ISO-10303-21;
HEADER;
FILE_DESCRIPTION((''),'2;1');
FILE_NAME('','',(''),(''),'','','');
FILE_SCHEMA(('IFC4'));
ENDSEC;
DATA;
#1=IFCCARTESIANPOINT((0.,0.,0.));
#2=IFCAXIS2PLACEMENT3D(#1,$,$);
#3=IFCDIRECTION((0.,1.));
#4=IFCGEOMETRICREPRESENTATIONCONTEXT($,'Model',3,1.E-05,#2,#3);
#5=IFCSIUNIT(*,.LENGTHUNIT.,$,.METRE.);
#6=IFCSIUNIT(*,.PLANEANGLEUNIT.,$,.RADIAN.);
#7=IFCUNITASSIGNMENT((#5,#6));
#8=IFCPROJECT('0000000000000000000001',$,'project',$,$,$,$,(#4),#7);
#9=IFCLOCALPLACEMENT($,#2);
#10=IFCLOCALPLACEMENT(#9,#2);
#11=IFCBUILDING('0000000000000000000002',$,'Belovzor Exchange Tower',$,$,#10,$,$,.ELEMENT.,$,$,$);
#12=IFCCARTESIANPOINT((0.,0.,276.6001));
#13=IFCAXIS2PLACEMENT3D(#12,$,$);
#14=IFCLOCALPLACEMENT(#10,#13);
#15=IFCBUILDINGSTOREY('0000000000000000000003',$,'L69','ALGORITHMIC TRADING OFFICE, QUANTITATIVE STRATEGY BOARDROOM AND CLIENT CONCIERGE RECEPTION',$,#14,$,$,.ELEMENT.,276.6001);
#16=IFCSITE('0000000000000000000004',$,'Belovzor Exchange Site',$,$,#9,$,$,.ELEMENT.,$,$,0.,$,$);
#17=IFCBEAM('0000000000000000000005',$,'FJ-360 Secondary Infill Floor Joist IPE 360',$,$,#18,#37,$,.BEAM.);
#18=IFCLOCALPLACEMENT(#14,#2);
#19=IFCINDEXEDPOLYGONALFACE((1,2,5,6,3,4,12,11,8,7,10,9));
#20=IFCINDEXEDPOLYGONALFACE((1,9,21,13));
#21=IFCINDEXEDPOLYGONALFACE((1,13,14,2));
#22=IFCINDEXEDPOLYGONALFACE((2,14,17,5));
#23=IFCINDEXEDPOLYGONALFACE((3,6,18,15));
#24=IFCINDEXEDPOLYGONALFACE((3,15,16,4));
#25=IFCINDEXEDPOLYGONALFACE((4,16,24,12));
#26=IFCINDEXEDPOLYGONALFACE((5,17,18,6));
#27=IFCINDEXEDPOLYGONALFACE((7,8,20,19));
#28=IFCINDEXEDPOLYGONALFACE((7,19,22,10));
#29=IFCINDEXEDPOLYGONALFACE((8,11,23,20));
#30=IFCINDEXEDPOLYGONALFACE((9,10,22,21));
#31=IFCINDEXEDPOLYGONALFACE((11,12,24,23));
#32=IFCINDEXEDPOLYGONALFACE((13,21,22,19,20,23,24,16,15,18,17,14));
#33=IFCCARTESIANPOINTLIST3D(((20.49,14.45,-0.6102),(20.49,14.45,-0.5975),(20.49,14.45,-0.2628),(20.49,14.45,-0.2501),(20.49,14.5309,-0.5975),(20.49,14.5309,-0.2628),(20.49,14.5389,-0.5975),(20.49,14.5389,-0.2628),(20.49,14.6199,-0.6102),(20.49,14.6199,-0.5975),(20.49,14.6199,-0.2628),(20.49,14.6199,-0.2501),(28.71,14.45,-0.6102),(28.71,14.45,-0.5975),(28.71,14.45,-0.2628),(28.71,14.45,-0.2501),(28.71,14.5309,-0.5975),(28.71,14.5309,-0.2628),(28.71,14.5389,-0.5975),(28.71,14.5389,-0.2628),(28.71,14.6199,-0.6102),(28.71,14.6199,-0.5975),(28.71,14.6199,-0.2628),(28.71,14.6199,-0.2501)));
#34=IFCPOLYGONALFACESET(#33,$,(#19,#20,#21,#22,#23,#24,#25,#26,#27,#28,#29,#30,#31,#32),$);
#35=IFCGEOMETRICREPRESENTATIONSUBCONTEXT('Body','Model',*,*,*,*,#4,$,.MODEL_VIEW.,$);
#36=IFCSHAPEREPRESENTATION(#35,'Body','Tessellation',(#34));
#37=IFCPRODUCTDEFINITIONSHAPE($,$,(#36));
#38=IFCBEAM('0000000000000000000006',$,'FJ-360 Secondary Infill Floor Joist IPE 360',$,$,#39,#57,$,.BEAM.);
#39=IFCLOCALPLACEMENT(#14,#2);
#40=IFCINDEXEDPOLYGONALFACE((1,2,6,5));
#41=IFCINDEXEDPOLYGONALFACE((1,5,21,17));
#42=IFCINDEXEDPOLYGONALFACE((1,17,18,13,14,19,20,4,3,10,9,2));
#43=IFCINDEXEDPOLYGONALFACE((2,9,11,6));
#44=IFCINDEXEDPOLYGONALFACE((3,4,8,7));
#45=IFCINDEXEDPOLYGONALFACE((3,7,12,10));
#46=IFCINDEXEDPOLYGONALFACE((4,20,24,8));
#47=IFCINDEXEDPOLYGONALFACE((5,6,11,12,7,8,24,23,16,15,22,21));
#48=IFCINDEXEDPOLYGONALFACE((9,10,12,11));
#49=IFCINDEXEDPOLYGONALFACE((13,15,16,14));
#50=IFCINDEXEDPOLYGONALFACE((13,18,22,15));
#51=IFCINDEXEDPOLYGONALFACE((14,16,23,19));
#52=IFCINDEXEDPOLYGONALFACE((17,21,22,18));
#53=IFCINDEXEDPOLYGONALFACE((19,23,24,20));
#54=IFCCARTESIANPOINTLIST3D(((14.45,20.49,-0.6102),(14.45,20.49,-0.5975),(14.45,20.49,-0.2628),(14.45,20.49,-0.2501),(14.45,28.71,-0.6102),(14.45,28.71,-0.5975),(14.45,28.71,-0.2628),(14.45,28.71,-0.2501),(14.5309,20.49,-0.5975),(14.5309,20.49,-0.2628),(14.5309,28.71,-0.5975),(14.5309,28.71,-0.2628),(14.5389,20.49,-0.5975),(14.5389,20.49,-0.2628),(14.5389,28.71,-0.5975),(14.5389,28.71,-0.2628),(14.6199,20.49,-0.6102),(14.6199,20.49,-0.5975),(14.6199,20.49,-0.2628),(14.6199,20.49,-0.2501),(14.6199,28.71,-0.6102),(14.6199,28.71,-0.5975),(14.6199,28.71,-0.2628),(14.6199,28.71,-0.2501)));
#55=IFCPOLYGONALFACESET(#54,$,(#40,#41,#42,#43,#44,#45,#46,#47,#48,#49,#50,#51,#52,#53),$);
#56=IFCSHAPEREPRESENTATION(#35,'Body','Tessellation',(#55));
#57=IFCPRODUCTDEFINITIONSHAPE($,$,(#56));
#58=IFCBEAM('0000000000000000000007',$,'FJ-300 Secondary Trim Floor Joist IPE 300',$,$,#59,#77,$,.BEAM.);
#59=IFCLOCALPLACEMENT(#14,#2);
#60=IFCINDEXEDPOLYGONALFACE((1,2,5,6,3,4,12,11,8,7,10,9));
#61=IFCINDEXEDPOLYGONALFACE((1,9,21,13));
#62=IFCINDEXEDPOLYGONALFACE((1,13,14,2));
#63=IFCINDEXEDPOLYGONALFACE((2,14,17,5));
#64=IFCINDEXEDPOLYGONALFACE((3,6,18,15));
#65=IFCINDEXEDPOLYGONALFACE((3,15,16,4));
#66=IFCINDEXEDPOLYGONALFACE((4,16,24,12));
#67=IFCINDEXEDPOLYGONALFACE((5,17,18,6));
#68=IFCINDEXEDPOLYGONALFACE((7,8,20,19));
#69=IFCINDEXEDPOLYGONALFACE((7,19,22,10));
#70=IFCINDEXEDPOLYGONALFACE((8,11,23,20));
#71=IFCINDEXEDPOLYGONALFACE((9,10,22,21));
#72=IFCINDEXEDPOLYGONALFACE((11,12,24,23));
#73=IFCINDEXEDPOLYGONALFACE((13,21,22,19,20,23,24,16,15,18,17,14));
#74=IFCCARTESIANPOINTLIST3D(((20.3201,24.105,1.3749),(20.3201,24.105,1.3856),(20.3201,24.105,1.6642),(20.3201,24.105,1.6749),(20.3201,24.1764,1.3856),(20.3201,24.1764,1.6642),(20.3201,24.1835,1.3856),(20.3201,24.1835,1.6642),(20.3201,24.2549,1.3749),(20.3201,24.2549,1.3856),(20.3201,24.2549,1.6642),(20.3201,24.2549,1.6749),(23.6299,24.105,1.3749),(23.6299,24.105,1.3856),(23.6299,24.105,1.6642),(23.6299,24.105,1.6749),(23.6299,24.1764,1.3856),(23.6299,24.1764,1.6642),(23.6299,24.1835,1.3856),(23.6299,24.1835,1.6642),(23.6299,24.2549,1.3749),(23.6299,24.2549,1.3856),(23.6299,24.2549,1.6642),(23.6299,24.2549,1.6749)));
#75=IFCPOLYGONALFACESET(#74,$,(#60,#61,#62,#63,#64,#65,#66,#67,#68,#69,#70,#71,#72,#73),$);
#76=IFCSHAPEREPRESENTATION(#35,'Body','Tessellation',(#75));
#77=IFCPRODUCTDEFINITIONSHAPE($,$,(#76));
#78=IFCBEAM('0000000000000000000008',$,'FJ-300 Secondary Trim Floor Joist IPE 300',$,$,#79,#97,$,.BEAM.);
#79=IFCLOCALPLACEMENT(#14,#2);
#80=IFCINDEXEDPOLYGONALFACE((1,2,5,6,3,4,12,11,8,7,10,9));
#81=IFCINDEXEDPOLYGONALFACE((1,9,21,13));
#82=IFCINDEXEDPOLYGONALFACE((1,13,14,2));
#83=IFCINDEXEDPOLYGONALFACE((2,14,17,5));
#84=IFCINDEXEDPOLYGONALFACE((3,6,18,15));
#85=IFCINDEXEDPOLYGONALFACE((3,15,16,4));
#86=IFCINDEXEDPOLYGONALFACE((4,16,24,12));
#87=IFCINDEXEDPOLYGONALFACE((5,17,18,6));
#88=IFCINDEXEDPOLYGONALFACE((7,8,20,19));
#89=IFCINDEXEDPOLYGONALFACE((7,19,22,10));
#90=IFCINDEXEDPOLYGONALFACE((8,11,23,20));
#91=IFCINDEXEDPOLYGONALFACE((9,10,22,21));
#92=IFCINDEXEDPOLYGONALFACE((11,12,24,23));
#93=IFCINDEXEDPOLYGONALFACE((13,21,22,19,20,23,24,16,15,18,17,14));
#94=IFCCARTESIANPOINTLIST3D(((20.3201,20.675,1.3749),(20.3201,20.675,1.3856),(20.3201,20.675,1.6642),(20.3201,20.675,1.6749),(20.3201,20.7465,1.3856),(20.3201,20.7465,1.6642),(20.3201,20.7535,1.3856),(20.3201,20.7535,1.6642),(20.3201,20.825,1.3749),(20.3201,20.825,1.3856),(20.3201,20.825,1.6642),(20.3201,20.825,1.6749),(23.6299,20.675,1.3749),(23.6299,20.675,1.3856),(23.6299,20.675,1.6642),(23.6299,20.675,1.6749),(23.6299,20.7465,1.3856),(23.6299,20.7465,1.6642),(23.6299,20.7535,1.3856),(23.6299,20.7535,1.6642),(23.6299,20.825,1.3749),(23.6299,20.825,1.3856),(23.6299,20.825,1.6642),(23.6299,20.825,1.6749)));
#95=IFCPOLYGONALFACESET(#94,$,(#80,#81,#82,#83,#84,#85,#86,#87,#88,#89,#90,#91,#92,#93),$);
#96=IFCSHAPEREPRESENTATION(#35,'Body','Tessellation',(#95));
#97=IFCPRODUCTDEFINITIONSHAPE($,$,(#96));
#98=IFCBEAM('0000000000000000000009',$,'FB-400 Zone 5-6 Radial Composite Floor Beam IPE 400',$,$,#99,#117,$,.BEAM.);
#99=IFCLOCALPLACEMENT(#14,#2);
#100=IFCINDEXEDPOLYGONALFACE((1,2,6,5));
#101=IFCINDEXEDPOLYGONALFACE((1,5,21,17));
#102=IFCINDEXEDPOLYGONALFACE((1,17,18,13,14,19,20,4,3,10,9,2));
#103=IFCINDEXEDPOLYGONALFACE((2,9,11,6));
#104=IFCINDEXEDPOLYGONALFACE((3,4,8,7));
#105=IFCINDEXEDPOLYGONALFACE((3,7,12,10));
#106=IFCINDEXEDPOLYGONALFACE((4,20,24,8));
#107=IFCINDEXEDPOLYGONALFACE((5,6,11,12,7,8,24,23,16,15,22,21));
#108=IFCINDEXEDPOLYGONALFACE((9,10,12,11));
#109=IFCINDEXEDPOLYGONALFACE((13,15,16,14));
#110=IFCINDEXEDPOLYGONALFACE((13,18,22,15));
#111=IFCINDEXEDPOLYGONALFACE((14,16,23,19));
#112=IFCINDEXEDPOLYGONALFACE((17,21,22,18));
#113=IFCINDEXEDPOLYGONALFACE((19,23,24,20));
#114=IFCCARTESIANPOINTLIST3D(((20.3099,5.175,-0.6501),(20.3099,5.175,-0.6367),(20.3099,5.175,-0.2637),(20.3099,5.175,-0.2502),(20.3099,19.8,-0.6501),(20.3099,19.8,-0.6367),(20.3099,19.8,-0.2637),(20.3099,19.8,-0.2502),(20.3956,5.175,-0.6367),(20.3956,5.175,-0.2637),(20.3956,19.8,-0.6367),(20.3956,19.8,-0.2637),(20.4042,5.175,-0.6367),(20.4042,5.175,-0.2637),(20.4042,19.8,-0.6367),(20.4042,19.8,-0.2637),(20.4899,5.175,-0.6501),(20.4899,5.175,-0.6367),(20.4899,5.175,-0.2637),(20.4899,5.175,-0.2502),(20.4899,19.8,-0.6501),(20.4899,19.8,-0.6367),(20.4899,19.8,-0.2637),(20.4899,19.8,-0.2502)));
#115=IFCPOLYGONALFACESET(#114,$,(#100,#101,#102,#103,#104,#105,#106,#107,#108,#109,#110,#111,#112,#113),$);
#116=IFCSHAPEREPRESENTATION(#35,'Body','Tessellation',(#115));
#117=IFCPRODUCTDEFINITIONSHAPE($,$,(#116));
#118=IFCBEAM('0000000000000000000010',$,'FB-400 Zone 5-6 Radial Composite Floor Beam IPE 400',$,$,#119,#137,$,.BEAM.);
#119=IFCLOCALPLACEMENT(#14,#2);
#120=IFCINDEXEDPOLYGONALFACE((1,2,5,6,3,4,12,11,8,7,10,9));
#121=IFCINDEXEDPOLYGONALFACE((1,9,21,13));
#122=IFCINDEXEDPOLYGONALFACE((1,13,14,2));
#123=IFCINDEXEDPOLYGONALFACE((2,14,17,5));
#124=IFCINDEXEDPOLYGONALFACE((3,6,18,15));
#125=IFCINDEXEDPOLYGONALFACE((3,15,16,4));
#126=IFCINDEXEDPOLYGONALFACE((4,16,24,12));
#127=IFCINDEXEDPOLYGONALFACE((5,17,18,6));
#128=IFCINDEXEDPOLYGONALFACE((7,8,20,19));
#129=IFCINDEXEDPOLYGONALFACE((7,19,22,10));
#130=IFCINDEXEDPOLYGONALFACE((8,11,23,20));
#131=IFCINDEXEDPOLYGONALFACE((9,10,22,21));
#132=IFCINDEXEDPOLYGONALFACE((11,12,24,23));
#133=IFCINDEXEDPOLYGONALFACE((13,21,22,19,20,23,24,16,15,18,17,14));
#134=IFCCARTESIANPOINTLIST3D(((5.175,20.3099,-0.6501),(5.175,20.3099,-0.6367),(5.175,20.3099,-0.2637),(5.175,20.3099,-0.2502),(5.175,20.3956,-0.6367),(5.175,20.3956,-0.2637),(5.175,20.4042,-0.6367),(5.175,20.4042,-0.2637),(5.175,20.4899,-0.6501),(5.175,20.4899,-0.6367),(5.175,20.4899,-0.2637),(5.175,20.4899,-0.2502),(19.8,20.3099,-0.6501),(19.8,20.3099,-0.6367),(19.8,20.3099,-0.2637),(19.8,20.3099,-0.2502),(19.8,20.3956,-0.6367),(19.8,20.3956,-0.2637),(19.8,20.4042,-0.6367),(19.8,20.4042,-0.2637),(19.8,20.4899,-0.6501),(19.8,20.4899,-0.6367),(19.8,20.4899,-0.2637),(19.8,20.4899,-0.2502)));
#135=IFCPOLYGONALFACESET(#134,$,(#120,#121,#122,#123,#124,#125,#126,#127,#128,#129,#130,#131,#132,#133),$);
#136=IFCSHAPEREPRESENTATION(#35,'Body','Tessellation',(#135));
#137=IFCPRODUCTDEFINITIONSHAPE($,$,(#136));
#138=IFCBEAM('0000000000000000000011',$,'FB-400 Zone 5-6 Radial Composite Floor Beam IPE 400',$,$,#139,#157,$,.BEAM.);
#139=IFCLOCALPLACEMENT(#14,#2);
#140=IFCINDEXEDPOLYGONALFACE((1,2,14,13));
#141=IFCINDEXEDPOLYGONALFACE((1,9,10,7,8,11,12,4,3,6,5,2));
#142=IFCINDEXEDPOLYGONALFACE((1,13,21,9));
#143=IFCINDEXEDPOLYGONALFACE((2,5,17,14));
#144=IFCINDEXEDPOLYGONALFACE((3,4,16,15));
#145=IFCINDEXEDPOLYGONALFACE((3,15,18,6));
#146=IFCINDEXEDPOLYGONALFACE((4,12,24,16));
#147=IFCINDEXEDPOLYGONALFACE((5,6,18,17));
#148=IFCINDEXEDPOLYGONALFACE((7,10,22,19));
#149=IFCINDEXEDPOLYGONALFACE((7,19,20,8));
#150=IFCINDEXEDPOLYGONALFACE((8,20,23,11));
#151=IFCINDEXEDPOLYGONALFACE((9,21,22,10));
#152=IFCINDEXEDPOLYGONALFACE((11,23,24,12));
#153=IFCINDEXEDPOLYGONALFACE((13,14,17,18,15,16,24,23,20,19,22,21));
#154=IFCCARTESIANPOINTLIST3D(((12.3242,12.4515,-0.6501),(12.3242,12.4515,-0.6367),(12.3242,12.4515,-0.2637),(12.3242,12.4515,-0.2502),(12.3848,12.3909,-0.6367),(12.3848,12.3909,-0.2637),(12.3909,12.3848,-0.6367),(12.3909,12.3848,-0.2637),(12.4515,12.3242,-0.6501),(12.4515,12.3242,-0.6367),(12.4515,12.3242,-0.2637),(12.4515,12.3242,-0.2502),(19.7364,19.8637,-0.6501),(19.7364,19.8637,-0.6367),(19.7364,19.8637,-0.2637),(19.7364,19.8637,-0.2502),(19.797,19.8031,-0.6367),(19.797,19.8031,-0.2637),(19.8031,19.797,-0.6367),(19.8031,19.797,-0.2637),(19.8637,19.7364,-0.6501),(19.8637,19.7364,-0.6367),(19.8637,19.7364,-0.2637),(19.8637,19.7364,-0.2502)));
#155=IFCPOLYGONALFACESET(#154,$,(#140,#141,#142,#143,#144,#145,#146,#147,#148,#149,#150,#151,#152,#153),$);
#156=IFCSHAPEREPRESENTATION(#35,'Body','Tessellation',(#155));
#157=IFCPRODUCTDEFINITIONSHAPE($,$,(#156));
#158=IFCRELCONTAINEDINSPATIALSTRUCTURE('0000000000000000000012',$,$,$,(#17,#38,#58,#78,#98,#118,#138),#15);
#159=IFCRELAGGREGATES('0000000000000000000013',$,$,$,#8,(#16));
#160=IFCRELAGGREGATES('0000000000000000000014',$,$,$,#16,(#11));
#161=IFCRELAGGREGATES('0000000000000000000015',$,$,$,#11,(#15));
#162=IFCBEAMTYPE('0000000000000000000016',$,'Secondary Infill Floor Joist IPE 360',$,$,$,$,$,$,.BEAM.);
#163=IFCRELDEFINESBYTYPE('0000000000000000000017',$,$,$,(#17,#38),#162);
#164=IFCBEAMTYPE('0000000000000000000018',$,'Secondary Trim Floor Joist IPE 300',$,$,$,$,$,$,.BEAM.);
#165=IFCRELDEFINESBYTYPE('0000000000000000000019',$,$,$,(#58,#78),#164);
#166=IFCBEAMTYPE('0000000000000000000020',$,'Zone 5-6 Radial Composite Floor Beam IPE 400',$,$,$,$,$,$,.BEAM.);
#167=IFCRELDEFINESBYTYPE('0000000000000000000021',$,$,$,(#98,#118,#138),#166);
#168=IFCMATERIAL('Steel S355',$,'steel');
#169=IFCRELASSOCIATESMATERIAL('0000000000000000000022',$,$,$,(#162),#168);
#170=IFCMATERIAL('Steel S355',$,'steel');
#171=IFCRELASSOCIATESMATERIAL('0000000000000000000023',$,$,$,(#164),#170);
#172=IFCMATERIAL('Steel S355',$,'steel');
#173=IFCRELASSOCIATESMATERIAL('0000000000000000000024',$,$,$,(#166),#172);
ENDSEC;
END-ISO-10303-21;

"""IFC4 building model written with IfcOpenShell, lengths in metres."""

from ifc_helpers import new_model, si_unit, direction, frame, origin, origin_2d, place, context, subcontext, project, spatial, i_section, extrude, material, material_profile, profile_set, type_object, element, save


model = new_model("IFC4")

# Units and contexts
model_context = context("Model", 3, precision=1e-05, world=origin(), true_north=direction((0.0, 1.0)))
body_context = subcontext(model_context, "Body", "Model", "MODEL_VIEW")
ifc_project = project(units=[si_unit("LENGTHUNIT", "METRE"), si_unit("PLANEANGLEUNIT", "RADIAN")], contexts=[model_context])

# Site, building, storey
site_placement = place(None, origin())
site = spatial("IfcSite", under=ifc_project, at=site_placement, Name="Belovzor Exchange Site", CompositionType="ELEMENT", RefElevation=0.0)
building_placement = place(site_placement, origin())
building = spatial("IfcBuilding", under=site, at=building_placement, Name="Belovzor Exchange Tower", CompositionType="ELEMENT")
storey_placement = place(building_placement, frame((0.0, 0.0, 276.6001)))
storey = spatial("IfcBuildingStorey", under=building, at=storey_placement, Name="L69", Description="ALGORITHMIC TRADING OFFICE, QUANTITATIVE STRATEGY BOARDROOM AND CLIENT CONCIERGE RECEPTION", CompositionType="ELEMENT", Elevation=276.6001)

# Beams
ifc_material_1 = material(Name="Steel S355", Category="steel")
ifc_material_profile_1 = material_profile(ifc_material_1, i_section(OverallWidth=0.1699, OverallDepth=0.3601, WebThickness=0.0081, FlangeThickness=0.0127, at=origin_2d()))
ifc_profile_set_1 = profile_set([ifc_material_profile_1], Name="Steel S355")
beam_type_1 = type_object("IfcBeamType", Name="Secondary Infill Floor Joist IPE 360", PredefinedType="BEAM", material=ifc_profile_set_1)
for number, where, z_axis, x_axis, name in (
    (1, (20.49, 14.5349, -0.4302), (1.0, 0.0, 0.0), (0.0, 1.0, 0.0), "FJ-360 Secondary Infill Floor Joist IPE 360"),
    (2, (14.5349, 20.49, -0.4302), (0.0, 1.0, 0.0), (-1.0, 0.0, 0.0), "FJ-360 Secondary Infill Floor Joist IPE 360"),
):
    element("IfcBeam", number, at=place(storey_placement, frame(where, z_axis=z_axis, x_axis=x_axis)), inside=storey, type_object=beam_type_1, Name=name, PredefinedType="BEAM", context=body_context, shape_type="SweptSolid", body=[
        extrude(i_section(OverallWidth=0.1699, OverallDepth=0.3601, WebThickness=0.0081, FlangeThickness=0.0127, at=origin_2d()), origin(), (0.0, 0.0, 1.0), 8.22),
    ])
ifc_material_2 = material(Name="Steel S355", Category="steel")
ifc_material_profile_2 = material_profile(ifc_material_2, i_section(OverallWidth=0.1499, OverallDepth=0.3, WebThickness=0.0071, FlangeThickness=0.0107, at=origin_2d()))
ifc_profile_set_2 = profile_set([ifc_material_profile_2], Name="Steel S355")
beam_type_2 = type_object("IfcBeamType", Name="Secondary Trim Floor Joist IPE 300", PredefinedType="BEAM", material=ifc_profile_set_2)
for number, where, z_axis, x_axis, name in (
    (3, (20.3201, 24.1799, 1.5249), (1.0, 0.0, 0.0), (0.0, 1.0, 0.0), "FJ-300 Secondary Trim Floor Joist IPE 300"),
    (4, (20.3201, 20.75, 1.5249), (1.0, 0.0, 0.0), (0.0, 1.0, 0.0), "FJ-300 Secondary Trim Floor Joist IPE 300"),
):
    element("IfcBeam", number, at=place(storey_placement, frame(where, z_axis=z_axis, x_axis=x_axis)), inside=storey, type_object=beam_type_2, Name=name, PredefinedType="BEAM", context=body_context, shape_type="SweptSolid", body=[
        extrude(i_section(OverallWidth=0.1499, OverallDepth=0.3, WebThickness=0.0071, FlangeThickness=0.0107, at=origin_2d()), origin(), (0.0, 0.0, 1.0), 3.3098),
    ])
ifc_material_3 = material(Name="Steel S355", Category="steel")
ifc_material_profile_3 = material_profile(ifc_material_3, i_section(OverallWidth=0.1799, OverallDepth=0.3999, WebThickness=0.0085, FlangeThickness=0.0134, at=origin_2d()))
ifc_profile_set_3 = profile_set([ifc_material_profile_3], Name="Steel S355")
beam_type_3 = type_object("IfcBeamType", Name="Zone 5-6 Radial Composite Floor Beam IPE 400", PredefinedType="BEAM", material=ifc_profile_set_3)
for number, where, z_axis, x_axis, name in (
    (5, (20.3999, 19.8, -0.4502), (0.0, -1.0, 0.0), (1.0, 0.0, 0.0), "FB-400 Zone 5-6 Radial Composite Floor Beam IPE 400"),
    (6, (19.8, 20.3999, -0.4502), (-1.0, 0.0, 0.0), (0.0, -1.0, 0.0), "FB-400 Zone 5-6 Radial Composite Floor Beam IPE 400"),
):
    element("IfcBeam", number, at=place(storey_placement, frame(where, z_axis=z_axis, x_axis=x_axis)), inside=storey, type_object=beam_type_3, Name=name, PredefinedType="BEAM", context=body_context, shape_type="SweptSolid", body=[
        extrude(i_section(OverallWidth=0.1799, OverallDepth=0.3999, WebThickness=0.0085, FlangeThickness=0.0134, at=origin_2d()), origin(), (0.0, 0.0, 1.0), 14.625),
    ])
beam_placement = place(storey_placement, frame((19.8, 19.8, -0.4502), z_axis=(-0.707107, -0.707107, 0.0), x_axis=(0.707107, -0.707107, 0.0)))
element("IfcBeam", 7, at=beam_placement, inside=storey, type_object=beam_type_3, Name="FB-400 Zone 5-6 Radial Composite Floor Beam IPE 400", PredefinedType="BEAM", context=body_context, shape_type="SweptSolid", body=[
    extrude(i_section(OverallWidth=0.1799, OverallDepth=0.3999, WebThickness=0.0085, FlangeThickness=0.0134, at=origin_2d()), origin(), (0.0, 0.0, 1.0), 10.4824),
])

save(model, "model.ifc")
